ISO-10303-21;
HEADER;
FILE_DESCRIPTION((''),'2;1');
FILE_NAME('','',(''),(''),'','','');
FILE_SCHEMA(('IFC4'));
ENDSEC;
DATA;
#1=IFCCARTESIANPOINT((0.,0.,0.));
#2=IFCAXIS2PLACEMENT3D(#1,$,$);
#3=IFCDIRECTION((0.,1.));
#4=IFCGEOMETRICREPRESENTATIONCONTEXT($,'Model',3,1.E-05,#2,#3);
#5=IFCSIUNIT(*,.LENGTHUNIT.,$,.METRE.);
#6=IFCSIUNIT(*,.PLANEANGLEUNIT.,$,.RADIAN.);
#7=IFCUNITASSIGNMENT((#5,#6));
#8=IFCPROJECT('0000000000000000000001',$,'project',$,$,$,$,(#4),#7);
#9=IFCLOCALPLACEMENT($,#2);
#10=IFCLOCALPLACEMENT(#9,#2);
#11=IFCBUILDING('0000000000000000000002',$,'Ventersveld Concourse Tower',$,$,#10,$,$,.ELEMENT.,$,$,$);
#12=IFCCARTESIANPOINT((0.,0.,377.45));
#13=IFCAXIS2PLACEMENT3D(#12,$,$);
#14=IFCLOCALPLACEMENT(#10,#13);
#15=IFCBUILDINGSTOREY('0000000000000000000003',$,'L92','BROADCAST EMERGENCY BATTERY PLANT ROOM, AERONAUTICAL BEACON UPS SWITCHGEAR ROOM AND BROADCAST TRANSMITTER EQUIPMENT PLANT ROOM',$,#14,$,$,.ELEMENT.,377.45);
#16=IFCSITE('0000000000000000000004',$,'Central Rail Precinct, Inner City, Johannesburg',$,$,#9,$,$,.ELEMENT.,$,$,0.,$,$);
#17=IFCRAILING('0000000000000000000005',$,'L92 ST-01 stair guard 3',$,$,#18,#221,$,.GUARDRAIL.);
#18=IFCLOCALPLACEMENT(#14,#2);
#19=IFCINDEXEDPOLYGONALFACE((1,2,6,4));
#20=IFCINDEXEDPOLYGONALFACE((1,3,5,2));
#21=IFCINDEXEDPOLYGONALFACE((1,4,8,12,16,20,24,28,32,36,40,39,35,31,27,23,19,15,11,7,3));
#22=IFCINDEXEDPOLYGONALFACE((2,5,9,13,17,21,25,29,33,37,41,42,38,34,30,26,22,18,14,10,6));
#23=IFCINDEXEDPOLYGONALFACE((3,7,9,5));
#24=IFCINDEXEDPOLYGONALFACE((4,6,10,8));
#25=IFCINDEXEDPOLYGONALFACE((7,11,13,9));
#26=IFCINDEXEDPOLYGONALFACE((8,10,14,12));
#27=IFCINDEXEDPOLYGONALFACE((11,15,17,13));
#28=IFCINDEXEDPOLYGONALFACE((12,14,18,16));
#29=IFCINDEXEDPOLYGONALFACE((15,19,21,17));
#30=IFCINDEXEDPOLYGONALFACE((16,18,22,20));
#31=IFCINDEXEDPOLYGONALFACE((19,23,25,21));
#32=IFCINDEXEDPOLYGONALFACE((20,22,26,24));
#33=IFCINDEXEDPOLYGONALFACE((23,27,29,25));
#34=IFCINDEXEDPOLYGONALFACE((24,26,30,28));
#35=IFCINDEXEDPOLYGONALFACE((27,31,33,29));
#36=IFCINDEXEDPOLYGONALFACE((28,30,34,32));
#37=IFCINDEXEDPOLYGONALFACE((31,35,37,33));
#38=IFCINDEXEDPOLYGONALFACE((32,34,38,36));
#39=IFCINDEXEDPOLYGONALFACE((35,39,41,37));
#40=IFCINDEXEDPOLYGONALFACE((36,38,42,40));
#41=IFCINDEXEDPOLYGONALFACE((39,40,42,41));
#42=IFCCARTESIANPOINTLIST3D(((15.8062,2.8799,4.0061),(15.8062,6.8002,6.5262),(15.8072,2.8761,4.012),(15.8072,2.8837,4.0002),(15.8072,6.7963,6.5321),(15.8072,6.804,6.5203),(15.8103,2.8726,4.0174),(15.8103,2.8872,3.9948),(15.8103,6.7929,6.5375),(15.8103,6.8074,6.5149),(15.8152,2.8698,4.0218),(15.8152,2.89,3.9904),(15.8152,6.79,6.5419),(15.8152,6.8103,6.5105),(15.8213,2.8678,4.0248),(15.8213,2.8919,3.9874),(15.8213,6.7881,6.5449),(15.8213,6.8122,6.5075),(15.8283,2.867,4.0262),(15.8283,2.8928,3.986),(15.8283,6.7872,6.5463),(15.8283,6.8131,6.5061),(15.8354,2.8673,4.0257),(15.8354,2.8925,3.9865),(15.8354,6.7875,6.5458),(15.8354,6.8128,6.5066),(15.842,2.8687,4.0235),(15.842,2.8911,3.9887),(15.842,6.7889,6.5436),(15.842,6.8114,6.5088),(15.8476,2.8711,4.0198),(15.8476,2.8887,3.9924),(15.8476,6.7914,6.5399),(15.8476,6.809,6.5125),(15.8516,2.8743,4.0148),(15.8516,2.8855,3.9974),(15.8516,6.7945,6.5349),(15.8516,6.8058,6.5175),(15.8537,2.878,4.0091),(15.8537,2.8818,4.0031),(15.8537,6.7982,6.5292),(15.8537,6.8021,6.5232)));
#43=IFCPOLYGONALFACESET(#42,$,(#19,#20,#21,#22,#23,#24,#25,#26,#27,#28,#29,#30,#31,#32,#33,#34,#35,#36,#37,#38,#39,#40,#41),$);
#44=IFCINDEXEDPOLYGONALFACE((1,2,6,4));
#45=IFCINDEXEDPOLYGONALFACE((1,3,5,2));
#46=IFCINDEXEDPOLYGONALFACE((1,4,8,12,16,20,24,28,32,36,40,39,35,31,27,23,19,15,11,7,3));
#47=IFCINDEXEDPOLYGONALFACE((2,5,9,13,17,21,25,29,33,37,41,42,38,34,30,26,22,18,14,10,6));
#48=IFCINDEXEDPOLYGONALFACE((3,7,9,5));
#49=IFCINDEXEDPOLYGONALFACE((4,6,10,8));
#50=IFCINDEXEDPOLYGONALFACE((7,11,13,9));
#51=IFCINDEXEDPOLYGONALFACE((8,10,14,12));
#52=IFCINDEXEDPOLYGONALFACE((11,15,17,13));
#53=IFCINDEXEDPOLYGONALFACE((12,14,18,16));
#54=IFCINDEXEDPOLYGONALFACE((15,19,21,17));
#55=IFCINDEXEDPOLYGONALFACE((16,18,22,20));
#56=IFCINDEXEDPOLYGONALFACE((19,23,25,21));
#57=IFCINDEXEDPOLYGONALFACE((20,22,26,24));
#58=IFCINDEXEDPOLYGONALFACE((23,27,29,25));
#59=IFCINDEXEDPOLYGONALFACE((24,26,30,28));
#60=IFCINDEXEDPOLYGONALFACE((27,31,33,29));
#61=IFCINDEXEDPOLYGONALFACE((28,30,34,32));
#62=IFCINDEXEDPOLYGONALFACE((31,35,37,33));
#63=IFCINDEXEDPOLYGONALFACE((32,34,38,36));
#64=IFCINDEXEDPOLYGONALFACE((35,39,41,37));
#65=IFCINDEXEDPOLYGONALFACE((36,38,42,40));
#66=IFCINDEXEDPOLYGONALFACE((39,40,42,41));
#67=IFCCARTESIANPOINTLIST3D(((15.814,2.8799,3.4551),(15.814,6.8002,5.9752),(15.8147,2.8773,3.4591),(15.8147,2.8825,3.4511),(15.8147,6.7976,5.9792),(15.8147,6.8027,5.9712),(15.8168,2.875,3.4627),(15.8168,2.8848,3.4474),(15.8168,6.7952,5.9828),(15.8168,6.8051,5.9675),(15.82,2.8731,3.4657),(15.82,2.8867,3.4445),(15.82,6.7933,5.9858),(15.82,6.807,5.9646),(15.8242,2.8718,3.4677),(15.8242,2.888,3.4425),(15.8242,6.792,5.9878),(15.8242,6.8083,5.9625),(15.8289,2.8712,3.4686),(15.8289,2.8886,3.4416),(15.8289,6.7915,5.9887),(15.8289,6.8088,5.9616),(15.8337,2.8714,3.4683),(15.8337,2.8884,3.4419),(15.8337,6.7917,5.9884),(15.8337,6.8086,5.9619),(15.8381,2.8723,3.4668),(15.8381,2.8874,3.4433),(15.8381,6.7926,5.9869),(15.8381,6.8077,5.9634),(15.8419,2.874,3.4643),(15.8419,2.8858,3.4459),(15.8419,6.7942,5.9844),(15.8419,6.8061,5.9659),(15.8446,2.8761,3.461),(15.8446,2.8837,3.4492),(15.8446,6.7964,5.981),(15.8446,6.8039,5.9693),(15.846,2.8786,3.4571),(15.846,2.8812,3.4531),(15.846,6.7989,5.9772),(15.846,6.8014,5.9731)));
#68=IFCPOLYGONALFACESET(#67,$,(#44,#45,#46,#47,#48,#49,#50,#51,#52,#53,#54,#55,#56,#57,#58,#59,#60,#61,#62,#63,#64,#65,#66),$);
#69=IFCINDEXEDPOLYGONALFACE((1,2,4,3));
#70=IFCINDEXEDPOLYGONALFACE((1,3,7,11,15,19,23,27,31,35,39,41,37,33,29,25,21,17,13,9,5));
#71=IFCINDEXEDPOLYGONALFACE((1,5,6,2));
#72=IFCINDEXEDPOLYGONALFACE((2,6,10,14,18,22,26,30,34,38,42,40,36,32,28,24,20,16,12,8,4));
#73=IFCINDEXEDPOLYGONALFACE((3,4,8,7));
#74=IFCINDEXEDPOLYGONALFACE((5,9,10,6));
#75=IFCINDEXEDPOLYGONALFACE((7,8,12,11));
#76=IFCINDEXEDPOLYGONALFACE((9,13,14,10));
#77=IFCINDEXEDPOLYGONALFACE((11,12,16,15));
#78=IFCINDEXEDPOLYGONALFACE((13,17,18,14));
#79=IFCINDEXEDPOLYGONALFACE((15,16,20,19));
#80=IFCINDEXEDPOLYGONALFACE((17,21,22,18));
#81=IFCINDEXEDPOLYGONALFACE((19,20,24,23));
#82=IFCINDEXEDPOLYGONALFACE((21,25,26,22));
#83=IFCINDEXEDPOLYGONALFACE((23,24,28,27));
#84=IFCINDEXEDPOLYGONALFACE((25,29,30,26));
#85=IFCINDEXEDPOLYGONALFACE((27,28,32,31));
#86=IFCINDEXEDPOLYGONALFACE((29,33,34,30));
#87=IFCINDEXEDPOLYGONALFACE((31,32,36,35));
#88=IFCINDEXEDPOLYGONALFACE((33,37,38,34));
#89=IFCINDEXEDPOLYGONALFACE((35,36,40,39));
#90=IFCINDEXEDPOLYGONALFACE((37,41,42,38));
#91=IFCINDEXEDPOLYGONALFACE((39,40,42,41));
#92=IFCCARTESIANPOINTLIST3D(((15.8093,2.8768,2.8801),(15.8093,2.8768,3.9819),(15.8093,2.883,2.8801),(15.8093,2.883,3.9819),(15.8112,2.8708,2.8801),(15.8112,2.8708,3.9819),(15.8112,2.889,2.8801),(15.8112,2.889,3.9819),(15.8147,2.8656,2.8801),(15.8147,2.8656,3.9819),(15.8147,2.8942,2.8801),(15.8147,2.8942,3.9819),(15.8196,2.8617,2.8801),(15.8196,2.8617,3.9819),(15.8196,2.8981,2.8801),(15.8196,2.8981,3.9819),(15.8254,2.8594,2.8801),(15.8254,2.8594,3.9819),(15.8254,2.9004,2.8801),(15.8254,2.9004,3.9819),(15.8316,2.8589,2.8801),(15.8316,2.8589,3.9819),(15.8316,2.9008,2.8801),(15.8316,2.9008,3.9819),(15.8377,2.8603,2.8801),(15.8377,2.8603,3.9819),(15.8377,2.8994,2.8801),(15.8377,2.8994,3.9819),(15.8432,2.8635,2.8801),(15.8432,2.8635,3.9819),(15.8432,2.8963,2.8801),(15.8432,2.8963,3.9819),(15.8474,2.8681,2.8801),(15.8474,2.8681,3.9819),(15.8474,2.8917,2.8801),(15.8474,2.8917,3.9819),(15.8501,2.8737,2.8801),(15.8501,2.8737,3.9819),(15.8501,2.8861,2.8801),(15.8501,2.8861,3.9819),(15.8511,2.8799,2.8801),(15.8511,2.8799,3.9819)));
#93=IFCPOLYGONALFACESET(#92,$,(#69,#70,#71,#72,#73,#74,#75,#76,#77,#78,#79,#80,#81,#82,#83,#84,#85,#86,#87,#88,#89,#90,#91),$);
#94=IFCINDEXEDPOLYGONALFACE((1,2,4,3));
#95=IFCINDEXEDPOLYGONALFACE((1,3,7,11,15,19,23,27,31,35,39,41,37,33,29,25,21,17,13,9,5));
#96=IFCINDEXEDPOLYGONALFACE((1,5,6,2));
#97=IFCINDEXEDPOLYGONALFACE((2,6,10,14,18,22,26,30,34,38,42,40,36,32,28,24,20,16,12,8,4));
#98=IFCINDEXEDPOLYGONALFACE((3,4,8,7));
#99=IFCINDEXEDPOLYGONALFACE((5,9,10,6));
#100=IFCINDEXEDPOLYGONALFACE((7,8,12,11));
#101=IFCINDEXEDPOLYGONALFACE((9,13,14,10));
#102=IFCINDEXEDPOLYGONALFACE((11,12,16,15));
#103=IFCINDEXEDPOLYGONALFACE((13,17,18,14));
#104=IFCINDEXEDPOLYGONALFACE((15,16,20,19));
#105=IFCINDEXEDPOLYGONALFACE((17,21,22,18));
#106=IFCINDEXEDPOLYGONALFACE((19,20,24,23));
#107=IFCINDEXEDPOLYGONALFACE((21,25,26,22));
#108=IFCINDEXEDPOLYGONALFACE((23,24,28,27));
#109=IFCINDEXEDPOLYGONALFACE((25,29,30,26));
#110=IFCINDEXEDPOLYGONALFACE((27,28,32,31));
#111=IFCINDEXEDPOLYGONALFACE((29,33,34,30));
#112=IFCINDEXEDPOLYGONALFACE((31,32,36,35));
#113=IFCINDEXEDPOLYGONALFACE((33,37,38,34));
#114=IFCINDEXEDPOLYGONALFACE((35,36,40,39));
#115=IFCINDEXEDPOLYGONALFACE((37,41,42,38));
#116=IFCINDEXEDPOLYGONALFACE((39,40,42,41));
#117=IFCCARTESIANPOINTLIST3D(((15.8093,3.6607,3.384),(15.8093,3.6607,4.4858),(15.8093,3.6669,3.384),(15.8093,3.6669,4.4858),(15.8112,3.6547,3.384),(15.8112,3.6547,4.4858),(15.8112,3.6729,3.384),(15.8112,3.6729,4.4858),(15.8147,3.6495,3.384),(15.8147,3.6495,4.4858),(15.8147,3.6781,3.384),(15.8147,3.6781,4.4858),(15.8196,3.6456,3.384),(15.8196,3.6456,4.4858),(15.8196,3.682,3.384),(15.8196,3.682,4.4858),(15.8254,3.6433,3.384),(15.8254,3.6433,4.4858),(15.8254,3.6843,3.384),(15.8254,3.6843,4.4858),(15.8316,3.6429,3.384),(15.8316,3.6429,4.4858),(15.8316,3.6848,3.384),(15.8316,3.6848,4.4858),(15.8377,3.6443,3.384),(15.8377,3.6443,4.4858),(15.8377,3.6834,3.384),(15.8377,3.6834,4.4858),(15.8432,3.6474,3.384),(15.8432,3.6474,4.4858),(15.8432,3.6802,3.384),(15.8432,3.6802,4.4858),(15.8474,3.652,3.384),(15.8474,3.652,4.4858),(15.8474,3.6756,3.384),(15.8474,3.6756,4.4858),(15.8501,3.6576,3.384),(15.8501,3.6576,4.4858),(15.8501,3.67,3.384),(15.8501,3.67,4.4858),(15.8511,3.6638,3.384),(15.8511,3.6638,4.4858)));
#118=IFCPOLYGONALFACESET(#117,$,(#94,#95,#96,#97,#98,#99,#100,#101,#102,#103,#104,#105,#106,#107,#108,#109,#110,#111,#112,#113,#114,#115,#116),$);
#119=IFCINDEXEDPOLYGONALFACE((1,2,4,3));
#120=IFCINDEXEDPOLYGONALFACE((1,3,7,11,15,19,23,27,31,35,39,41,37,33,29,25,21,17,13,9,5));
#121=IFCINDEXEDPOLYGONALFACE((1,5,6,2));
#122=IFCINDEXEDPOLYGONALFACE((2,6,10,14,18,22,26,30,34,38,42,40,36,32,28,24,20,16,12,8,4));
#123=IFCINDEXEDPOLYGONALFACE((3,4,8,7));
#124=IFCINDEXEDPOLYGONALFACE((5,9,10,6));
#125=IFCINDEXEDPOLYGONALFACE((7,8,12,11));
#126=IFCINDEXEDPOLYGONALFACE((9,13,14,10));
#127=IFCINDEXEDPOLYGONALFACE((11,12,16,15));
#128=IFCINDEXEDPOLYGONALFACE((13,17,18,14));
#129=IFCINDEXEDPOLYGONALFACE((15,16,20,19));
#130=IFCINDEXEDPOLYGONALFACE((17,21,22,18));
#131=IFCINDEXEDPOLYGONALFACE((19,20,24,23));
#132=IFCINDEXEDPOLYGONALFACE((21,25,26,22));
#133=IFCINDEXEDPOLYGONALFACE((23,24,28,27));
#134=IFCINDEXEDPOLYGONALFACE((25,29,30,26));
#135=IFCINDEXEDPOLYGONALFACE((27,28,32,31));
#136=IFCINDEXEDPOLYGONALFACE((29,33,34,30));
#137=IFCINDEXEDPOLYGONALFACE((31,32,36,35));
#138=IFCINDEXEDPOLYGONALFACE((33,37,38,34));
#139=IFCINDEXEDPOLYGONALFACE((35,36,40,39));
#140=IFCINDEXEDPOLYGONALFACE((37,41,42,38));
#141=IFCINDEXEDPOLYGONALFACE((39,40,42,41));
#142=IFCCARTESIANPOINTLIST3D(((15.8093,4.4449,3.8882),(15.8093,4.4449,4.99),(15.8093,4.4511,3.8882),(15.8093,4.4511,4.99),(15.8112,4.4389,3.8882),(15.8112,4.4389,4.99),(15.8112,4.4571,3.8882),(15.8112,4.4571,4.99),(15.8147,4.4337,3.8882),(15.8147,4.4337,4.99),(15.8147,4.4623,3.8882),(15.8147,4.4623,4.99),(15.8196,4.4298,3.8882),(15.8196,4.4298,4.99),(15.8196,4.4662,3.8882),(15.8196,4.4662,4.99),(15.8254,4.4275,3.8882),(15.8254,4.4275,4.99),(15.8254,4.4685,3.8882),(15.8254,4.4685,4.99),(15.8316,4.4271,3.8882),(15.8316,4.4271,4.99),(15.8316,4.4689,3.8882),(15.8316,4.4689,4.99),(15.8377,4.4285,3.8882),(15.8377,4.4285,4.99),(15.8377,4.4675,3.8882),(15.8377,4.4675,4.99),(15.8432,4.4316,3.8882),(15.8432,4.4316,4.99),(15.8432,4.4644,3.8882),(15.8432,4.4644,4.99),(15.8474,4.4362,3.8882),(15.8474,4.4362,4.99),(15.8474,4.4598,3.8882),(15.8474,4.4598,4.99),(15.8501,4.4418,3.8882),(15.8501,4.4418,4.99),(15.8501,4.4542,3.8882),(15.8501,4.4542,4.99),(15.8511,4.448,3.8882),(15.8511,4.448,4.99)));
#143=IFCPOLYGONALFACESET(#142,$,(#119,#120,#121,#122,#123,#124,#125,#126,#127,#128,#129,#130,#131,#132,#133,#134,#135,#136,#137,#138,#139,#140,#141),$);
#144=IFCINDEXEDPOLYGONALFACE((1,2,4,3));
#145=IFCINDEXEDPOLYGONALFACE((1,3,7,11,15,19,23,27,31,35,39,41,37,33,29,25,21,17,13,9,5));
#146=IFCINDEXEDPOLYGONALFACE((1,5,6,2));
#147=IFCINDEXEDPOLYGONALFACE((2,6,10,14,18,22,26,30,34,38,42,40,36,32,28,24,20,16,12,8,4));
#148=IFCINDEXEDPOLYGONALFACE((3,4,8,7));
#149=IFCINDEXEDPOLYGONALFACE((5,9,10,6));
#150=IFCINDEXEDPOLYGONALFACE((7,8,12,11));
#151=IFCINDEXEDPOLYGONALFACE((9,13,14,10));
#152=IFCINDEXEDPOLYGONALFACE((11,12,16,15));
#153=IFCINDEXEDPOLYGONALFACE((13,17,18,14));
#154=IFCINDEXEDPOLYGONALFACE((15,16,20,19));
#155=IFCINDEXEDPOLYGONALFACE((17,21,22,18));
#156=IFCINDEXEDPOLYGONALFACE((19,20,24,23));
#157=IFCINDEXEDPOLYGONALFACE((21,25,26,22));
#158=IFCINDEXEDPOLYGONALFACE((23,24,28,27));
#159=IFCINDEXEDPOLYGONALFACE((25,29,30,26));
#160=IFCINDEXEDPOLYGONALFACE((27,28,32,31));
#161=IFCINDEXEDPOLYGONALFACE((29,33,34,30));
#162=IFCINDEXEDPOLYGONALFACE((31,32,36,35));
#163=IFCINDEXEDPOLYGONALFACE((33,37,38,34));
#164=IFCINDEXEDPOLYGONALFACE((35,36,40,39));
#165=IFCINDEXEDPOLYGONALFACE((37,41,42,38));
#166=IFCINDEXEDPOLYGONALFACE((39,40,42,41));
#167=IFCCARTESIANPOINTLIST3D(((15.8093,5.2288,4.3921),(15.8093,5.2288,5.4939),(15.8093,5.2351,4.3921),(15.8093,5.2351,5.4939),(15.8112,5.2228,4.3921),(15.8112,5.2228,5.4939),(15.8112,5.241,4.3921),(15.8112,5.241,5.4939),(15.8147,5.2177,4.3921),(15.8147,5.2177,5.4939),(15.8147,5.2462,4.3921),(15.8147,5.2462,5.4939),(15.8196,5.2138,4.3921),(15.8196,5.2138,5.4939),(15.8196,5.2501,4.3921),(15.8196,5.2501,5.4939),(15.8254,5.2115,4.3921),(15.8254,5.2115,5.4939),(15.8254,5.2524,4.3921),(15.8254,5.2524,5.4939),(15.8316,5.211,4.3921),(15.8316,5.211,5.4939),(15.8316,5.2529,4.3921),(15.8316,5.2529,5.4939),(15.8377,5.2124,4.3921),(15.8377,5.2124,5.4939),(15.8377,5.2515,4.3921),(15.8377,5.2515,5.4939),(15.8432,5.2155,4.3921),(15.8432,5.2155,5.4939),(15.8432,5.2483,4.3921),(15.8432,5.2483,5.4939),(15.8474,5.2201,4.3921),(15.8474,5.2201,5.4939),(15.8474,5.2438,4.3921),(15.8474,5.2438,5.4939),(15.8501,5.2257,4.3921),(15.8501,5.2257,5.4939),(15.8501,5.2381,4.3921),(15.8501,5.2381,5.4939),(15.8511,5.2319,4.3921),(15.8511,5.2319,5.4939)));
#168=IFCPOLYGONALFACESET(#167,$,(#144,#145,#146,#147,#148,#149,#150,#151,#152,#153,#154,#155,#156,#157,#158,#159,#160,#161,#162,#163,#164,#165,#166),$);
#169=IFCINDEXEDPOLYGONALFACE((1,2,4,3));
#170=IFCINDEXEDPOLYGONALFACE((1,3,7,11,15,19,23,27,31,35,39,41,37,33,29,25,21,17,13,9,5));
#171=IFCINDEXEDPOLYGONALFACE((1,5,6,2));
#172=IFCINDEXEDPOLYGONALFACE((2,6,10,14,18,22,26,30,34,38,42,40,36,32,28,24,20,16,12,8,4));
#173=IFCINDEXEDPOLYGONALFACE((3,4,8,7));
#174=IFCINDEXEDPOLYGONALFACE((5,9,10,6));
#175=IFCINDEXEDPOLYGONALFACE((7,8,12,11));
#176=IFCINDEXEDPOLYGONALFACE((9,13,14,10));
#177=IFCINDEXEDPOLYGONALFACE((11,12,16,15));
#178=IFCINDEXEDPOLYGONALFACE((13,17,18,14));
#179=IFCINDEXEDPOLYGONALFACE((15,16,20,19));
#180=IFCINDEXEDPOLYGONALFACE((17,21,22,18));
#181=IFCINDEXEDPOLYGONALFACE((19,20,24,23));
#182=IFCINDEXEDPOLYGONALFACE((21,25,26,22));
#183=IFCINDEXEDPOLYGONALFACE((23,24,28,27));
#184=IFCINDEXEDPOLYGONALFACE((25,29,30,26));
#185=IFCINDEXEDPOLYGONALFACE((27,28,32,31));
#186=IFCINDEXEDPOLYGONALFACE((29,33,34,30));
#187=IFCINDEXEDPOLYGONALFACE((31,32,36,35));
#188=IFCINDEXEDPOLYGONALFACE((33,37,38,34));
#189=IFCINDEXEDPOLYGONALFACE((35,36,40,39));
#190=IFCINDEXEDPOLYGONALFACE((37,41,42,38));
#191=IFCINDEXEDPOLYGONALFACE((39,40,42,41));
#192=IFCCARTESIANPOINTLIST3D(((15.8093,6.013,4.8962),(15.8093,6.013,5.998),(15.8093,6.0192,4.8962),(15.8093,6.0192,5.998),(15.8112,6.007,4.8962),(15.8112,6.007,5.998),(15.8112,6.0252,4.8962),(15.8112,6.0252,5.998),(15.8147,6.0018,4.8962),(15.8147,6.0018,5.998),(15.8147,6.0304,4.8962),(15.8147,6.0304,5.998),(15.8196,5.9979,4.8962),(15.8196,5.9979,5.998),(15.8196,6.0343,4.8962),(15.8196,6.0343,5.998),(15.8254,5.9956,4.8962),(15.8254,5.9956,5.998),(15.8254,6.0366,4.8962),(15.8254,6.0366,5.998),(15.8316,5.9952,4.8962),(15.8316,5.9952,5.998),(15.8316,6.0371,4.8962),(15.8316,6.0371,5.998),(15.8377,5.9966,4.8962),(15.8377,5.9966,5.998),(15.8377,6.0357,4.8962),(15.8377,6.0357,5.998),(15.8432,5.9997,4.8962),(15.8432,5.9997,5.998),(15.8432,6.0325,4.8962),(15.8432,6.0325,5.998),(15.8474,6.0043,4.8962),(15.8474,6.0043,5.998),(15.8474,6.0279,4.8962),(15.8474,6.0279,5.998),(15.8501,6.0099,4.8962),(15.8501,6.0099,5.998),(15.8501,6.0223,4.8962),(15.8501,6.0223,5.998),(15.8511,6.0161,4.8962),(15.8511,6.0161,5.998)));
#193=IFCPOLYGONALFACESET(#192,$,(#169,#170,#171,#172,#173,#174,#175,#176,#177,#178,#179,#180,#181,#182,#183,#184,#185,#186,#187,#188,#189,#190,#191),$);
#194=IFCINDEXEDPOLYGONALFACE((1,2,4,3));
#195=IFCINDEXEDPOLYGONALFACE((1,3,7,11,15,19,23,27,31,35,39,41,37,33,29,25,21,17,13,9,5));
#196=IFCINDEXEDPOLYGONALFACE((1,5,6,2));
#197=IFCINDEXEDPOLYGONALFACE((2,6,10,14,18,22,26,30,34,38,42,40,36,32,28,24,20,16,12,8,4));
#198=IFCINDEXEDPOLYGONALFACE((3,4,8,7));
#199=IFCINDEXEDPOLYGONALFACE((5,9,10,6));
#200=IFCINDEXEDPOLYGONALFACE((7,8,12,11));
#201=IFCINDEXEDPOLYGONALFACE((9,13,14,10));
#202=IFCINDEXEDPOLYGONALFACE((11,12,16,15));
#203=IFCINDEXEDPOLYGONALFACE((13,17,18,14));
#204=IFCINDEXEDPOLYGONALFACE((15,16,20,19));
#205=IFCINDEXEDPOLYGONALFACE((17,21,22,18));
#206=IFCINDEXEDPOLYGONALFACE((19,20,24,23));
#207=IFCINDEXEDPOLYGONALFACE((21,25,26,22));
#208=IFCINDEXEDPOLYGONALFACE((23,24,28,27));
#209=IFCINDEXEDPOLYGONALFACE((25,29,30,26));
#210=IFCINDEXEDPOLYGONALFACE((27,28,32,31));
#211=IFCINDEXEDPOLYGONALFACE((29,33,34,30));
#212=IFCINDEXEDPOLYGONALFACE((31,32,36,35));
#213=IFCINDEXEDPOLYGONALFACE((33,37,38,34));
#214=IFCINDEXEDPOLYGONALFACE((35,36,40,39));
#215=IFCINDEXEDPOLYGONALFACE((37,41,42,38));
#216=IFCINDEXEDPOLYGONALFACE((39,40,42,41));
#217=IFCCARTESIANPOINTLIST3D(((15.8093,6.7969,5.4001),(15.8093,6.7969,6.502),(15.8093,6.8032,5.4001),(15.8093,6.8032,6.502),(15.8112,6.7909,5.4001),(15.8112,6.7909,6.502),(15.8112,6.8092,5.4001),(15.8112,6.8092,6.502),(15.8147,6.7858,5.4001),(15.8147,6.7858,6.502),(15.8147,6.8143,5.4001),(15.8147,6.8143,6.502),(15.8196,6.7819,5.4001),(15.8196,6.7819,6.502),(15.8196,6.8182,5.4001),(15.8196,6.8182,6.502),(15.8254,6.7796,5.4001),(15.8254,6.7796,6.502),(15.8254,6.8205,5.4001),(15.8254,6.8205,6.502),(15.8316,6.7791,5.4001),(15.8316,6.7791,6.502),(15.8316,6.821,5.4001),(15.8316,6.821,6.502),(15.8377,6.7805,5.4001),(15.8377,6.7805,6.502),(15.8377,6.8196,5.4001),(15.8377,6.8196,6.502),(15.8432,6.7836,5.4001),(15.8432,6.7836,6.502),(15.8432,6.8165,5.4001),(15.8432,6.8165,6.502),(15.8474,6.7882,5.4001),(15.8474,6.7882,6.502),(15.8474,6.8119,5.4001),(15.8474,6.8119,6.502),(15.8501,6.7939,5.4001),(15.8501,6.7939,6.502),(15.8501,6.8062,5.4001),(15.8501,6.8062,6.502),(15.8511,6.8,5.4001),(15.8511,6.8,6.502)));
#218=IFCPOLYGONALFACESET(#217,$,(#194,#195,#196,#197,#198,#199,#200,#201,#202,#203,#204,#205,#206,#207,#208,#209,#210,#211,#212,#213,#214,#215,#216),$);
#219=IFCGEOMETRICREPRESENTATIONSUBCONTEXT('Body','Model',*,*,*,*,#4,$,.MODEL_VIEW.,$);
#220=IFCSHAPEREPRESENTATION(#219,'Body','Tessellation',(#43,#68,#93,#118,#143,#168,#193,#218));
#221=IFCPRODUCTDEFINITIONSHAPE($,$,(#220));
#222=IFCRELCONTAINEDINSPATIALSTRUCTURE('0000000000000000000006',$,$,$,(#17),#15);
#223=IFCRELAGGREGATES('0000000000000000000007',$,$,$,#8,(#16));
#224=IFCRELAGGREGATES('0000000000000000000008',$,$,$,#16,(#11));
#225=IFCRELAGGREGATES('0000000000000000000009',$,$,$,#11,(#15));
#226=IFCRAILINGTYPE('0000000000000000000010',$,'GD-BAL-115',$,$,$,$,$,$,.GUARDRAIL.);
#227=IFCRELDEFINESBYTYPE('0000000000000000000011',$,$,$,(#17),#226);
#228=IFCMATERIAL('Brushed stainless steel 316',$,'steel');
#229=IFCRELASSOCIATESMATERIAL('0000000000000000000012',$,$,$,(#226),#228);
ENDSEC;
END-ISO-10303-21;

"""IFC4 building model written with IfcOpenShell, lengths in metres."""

from ifc_helpers import new_model, si_unit, direction, frame, origin, origin_2d, place, context, subcontext, project, spatial, circle, extrude, material, type_object, element, save


model = new_model("IFC4")

# Units and contexts
model_context = context("Model", 3, precision=1e-05, world=origin(), true_north=direction((0.0, 1.0)))
body_context = subcontext(model_context, "Body", "Model", "MODEL_VIEW")
ifc_project = project(units=[si_unit("LENGTHUNIT", "METRE"), si_unit("PLANEANGLEUNIT", "RADIAN")], contexts=[model_context])

# Site, building, storey
site_placement = place(None, origin())
site = spatial("IfcSite", under=ifc_project, at=site_placement, Name="Central Rail Precinct, Inner City, Johannesburg", CompositionType="ELEMENT", RefElevation=0.0)
building_placement = place(site_placement, origin())
building = spatial("IfcBuilding", under=site, at=building_placement, Name="Ventersveld Concourse Tower", CompositionType="ELEMENT")
storey_placement = place(building_placement, frame((0.0, 0.0, 377.45)))
storey = spatial("IfcBuildingStorey", under=building, at=storey_placement, Name="L92", Description="BROADCAST EMERGENCY BATTERY PLANT ROOM, AERONAUTICAL BEACON UPS SWITCHGEAR ROOM AND BROADCAST TRANSMITTER EQUIPMENT PLANT ROOM", CompositionType="ELEMENT", Elevation=377.45)

# Shared definitions
ifc_material_1 = material(Name="Brushed stainless steel 316", Category="steel")

# Railing
railing_type_1 = type_object("IfcRailingType", Name="GD-BAL-115", PredefinedType="GUARDRAIL", material=ifc_material_1)
railing_1_placement = place(storey_placement, frame((15.8301, 2.8799, 2.8801)))
element("IfcRailing", 1, at=railing_1_placement, inside=storey, type_object=railing_type_1, Name="L92 ST-01 stair guard 3", PredefinedType="GUARDRAIL", context=body_context, shape_type="SweptSolid", body=[
    extrude(circle(Radius=0.0239, at=origin_2d()), frame((0.0, 0.0, 1.126), z_axis=(0.0, 0.841187, 0.540744), x_axis=(-1.0, 0.0, 0.0)), (0.0, 0.0, 1.0), 4.6604),
    extrude(circle(Radius=0.0161, at=origin_2d()), frame((0.0, 0.0, 0.575), z_axis=(0.0, 0.841187, 0.540744), x_axis=(-1.0, 0.0, 0.0)), (0.0, 0.0, 1.0), 4.6604),
    extrude(circle(Radius=0.021, at=origin_2d()), origin(), (0.0, 0.0, 1.0), 1.1018),
    extrude(circle(Radius=0.021, at=origin_2d()), frame((0.0, 0.7839, 0.5039)), (0.0, 0.0, 1.0), 1.1018),
    extrude(circle(Radius=0.021, at=origin_2d()), frame((0.0, 1.5681, 1.0081)), (0.0, 0.0, 1.0), 1.1018),
    extrude(circle(Radius=0.021, at=origin_2d()), frame((0.0, 2.3521, 1.512)), (0.0, 0.0, 1.0), 1.1018),
    extrude(circle(Radius=0.021, at=origin_2d()), frame((0.0, 3.1362, 2.0161)), (0.0, 0.0, 1.0), 1.1018),
    extrude(circle(Radius=0.021, at=origin_2d()), frame((0.0, 3.9202, 2.52)), (0.0, 0.0, 1.0), 1.1018),
])

save(model, "model.ifc")
